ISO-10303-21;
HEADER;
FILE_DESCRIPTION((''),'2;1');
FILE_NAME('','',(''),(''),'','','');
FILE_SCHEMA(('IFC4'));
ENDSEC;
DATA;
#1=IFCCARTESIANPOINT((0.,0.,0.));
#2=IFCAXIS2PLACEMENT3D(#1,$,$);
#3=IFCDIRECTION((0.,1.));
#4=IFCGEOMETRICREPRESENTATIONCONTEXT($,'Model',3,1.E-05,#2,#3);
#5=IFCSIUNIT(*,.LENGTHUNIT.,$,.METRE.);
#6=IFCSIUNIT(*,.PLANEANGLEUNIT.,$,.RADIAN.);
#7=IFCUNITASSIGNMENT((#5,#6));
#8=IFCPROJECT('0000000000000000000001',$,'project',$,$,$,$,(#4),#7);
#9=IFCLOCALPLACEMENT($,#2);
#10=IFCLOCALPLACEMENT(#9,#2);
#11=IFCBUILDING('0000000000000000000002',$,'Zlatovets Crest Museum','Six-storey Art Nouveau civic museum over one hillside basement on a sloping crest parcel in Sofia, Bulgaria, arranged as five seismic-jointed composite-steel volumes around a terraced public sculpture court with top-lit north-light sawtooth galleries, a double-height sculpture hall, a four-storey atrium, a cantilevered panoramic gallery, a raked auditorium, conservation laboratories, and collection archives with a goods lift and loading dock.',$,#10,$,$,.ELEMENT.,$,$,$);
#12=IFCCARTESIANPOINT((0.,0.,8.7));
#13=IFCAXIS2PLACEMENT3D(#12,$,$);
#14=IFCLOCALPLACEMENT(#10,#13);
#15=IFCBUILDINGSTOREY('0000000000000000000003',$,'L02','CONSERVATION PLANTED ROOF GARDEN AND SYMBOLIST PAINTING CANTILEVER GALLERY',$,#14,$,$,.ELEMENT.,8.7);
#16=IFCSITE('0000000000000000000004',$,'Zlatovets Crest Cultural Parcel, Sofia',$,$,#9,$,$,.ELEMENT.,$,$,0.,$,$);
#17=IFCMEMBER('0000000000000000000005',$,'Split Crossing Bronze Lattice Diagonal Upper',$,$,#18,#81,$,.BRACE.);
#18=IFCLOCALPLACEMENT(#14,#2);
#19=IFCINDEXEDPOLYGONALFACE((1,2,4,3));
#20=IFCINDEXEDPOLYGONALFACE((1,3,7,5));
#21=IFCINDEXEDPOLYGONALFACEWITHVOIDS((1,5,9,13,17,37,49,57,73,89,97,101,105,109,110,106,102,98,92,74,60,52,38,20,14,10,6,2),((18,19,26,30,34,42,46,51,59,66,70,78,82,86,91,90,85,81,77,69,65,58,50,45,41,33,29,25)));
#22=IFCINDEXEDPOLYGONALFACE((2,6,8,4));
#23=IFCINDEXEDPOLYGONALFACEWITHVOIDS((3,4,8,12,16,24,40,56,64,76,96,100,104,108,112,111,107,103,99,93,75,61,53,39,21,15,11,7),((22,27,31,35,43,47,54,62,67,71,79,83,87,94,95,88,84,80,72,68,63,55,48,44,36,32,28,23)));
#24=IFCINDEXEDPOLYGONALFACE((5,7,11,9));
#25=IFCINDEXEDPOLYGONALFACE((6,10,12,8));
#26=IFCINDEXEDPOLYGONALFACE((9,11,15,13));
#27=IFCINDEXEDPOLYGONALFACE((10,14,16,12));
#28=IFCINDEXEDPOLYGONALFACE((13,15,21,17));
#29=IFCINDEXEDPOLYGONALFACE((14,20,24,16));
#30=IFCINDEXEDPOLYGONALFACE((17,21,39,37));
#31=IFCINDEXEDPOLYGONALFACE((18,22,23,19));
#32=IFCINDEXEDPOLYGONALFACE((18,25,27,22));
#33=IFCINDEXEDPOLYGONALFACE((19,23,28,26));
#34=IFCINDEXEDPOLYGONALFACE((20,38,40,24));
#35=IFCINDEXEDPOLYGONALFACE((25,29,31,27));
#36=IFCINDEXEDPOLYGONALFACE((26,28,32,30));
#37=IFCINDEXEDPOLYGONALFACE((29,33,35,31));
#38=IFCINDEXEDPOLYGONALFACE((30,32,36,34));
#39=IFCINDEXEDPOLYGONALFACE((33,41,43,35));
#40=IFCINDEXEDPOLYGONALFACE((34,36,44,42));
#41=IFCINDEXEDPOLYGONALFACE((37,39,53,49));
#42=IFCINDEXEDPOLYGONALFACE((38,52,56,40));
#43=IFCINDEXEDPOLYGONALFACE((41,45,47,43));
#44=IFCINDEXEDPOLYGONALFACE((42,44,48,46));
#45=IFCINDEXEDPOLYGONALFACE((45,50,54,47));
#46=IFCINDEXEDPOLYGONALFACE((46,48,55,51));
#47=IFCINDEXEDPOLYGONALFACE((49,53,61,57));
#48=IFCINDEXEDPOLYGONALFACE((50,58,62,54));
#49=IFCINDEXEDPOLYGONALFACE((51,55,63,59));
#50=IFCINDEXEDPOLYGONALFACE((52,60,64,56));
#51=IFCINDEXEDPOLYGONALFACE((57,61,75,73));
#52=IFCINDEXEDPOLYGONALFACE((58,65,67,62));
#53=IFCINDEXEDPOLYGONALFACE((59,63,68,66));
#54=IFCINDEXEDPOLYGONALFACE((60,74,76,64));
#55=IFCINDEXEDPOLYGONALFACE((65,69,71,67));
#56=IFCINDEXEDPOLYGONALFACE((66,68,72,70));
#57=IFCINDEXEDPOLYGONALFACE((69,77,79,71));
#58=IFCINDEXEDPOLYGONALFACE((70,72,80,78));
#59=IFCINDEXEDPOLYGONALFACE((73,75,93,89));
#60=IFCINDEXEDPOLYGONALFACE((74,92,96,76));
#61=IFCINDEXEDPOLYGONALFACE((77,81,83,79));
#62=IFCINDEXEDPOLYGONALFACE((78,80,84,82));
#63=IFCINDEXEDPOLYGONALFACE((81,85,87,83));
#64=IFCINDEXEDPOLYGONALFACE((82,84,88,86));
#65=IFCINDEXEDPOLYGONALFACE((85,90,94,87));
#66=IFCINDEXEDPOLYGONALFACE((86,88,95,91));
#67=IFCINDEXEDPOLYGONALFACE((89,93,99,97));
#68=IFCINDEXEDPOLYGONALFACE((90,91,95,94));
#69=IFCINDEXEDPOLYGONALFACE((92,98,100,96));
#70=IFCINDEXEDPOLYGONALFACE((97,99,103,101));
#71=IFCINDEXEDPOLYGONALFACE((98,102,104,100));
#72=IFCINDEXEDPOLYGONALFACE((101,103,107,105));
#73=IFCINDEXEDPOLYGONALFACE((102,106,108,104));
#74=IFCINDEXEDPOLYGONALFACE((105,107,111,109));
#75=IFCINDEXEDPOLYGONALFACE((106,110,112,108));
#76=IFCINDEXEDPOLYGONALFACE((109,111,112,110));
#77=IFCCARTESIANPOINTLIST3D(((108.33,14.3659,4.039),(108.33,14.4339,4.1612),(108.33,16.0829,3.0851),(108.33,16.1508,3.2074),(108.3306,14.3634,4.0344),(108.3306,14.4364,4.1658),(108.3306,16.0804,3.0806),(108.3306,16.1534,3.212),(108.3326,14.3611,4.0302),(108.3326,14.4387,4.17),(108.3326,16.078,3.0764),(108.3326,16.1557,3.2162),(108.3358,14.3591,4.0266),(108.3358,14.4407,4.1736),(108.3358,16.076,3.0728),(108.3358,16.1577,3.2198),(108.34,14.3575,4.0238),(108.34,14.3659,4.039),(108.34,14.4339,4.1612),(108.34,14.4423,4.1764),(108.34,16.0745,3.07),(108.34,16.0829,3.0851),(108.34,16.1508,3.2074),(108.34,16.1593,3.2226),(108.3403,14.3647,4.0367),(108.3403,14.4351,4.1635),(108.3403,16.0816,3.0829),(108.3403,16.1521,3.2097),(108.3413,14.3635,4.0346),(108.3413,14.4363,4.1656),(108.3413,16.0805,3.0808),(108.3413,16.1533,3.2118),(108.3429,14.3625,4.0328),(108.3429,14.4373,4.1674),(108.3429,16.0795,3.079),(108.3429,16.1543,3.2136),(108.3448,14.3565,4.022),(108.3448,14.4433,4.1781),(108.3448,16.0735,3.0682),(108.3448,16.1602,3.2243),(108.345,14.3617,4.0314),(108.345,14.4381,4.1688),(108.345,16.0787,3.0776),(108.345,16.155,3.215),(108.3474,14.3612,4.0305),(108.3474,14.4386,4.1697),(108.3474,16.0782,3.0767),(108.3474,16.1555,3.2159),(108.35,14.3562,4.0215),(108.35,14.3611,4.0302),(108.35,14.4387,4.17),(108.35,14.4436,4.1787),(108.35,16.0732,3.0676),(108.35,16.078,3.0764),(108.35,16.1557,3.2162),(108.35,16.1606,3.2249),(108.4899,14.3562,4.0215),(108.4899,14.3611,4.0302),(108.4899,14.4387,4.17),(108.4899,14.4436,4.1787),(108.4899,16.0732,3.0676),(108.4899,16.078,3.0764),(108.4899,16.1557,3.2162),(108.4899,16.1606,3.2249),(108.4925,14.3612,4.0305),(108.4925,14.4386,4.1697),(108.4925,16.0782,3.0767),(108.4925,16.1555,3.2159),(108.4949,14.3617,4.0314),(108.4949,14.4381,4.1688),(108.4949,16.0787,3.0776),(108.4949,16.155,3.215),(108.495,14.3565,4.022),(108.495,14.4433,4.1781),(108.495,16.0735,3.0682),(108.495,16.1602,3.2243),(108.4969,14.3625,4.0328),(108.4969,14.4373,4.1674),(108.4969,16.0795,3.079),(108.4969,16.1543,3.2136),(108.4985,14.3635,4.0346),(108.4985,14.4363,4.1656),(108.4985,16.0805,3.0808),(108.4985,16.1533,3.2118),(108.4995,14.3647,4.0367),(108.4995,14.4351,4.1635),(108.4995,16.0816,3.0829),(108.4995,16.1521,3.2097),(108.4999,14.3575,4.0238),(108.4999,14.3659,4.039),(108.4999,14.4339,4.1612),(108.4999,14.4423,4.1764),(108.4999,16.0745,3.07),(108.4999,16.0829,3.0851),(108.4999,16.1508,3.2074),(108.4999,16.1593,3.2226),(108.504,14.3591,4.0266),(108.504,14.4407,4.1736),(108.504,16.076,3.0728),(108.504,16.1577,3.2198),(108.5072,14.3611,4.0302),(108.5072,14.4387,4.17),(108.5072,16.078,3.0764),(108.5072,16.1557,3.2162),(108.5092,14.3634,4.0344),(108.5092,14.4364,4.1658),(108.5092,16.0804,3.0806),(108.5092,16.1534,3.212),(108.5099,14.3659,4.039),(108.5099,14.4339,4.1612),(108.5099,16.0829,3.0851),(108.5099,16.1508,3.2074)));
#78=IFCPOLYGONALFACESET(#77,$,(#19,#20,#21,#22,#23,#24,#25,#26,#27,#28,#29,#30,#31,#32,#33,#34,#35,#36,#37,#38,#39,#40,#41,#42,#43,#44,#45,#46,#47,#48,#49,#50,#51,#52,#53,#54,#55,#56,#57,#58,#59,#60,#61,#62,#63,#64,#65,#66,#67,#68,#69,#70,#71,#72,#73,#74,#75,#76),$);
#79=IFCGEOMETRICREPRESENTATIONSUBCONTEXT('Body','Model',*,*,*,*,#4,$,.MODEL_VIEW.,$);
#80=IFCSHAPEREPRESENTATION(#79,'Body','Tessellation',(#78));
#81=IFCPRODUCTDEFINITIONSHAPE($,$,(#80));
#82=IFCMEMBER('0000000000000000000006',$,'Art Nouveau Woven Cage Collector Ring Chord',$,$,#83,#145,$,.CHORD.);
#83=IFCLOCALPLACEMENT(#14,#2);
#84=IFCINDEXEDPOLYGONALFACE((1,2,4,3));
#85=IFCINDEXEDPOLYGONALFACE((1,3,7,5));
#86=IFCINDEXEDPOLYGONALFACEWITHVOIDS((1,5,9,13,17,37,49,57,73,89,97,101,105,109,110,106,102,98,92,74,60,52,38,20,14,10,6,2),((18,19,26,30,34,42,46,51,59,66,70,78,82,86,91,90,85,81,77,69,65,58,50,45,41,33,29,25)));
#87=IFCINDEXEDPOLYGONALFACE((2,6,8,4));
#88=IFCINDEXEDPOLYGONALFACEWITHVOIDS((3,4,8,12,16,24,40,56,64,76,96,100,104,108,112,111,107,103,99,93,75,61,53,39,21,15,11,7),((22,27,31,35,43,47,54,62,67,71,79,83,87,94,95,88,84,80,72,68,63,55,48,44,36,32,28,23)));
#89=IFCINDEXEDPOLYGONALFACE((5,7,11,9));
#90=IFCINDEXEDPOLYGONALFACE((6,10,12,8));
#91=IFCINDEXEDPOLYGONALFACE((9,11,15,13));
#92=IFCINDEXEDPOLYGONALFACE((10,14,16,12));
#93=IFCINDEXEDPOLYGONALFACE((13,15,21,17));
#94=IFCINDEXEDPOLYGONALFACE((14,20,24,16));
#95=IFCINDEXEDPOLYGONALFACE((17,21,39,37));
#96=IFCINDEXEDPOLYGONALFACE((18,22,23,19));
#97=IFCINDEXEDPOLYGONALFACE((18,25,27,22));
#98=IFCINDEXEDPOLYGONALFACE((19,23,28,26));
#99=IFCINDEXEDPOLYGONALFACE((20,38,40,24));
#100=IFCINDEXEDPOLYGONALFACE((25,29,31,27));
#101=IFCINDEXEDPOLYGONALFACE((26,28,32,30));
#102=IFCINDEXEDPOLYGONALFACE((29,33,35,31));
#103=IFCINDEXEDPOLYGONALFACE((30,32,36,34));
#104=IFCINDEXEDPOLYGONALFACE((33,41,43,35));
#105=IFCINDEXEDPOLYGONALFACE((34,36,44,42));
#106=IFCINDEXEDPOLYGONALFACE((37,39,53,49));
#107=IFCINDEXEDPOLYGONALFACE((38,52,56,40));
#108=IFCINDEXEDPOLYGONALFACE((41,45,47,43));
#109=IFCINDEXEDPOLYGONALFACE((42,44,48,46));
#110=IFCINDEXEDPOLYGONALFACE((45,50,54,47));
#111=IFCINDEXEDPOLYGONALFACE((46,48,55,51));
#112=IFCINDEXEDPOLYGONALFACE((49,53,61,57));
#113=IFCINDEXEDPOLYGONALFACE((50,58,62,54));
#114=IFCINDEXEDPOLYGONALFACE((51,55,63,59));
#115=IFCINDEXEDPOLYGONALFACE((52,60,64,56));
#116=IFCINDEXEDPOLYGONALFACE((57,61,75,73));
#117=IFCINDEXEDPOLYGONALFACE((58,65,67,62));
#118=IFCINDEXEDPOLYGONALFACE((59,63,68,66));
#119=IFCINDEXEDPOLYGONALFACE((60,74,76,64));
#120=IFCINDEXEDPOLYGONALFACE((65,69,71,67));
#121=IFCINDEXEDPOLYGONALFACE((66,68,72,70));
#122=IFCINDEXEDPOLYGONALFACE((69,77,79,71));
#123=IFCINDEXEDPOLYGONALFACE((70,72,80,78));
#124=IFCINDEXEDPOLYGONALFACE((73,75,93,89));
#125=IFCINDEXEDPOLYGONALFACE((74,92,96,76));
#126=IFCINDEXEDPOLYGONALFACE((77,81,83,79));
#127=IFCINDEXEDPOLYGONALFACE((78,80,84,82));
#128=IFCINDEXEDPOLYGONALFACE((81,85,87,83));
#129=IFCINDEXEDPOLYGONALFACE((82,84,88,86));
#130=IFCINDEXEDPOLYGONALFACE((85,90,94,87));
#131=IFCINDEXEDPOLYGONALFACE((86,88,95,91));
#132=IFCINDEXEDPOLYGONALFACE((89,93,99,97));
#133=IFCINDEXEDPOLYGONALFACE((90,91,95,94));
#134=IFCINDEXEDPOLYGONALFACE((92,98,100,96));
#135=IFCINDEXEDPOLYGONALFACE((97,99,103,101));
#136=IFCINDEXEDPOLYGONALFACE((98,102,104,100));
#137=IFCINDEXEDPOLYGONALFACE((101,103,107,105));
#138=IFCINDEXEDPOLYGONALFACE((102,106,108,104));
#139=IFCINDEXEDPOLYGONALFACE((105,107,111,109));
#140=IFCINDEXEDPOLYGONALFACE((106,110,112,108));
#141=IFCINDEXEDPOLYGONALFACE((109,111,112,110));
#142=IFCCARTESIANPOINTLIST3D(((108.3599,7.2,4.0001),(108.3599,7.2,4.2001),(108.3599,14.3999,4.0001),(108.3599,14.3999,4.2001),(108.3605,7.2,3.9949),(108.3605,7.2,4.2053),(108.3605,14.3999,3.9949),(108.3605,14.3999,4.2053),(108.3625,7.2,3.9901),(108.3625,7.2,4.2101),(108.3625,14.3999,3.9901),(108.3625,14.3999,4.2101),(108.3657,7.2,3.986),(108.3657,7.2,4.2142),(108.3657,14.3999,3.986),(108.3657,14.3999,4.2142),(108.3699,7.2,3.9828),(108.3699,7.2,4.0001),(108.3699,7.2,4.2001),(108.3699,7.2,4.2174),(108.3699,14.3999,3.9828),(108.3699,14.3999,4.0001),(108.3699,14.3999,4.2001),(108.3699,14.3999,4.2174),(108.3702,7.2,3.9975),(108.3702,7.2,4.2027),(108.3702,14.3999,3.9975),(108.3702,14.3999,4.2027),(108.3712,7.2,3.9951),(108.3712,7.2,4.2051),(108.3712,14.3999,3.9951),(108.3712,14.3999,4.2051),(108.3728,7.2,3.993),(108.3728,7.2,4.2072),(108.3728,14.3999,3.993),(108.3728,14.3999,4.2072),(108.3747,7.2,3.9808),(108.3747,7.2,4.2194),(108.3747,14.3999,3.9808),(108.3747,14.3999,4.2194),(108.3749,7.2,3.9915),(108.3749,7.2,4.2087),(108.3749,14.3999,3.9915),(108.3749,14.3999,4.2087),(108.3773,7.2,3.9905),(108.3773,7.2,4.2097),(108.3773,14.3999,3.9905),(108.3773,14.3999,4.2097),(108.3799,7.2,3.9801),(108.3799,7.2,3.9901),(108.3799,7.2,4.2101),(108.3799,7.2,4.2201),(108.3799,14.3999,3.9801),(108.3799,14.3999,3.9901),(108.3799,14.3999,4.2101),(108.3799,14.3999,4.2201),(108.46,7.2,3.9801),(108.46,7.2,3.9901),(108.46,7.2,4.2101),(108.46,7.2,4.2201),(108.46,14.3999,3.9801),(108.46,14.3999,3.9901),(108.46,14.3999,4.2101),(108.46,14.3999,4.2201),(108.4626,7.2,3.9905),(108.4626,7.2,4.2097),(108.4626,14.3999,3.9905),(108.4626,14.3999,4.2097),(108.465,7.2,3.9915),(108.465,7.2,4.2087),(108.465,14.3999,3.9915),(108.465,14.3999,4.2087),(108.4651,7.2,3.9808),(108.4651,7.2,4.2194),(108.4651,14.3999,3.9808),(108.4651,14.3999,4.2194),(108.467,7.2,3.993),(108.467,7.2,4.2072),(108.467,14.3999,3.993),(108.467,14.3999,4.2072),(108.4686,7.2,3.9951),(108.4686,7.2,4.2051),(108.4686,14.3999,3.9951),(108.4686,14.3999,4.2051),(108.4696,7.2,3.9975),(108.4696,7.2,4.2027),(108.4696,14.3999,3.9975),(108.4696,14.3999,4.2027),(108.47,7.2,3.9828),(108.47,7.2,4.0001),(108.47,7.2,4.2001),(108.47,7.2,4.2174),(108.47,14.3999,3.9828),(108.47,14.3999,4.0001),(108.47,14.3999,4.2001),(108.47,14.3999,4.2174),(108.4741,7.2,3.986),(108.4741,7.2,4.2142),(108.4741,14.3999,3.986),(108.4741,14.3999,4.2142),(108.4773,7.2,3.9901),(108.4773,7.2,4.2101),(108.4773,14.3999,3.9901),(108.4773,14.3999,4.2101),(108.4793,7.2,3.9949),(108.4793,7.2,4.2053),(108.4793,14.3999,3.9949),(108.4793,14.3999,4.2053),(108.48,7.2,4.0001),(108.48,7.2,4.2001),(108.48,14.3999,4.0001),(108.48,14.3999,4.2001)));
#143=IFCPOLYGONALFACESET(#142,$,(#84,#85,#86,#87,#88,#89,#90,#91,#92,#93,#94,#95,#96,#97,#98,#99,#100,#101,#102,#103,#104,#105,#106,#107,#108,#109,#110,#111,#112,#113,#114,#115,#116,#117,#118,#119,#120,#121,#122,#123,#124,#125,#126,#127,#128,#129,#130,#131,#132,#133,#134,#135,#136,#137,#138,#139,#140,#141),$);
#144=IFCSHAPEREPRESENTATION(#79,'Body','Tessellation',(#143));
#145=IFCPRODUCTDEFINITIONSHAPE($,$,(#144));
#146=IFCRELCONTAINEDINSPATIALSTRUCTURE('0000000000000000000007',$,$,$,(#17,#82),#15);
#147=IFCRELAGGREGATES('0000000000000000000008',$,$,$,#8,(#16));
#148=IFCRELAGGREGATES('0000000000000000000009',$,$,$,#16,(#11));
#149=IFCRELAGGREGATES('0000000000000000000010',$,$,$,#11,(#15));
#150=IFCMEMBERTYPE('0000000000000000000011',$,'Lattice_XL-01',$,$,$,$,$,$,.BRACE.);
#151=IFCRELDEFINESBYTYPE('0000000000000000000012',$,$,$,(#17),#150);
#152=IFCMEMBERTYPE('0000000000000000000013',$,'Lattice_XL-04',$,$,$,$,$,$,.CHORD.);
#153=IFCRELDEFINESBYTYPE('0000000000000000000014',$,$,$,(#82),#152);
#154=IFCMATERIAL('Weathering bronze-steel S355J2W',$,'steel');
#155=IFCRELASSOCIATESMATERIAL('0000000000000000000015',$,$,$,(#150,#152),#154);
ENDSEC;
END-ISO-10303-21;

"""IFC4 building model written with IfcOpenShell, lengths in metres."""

from ifc_helpers import new_model, si_unit, direction, frame, origin, origin_2d, place, context, subcontext, project, spatial, hollow_rectangle, extrude, material, material_profile, profile_set, type_object, element, save


model = new_model("IFC4")

# Units and contexts
model_context = context("Model", 3, precision=1e-05, world=origin(), true_north=direction((0.0, 1.0)))
body_context = subcontext(model_context, "Body", "Model", "MODEL_VIEW")
ifc_project = project(units=[si_unit("LENGTHUNIT", "METRE"), si_unit("PLANEANGLEUNIT", "RADIAN")], contexts=[model_context])

# Site, building, storey
site_placement = place(None, origin())
site = spatial("IfcSite", under=ifc_project, at=site_placement, Name="Zlatovets Crest Cultural Parcel, Sofia", CompositionType="ELEMENT", RefElevation=0.0)
building_placement = place(site_placement, origin())
building = spatial("IfcBuilding", under=site, at=building_placement, Name="Zlatovets Crest Museum", Description="Six-storey Art Nouveau civic museum over one hillside basement on a sloping crest parcel in Sofia, Bulgaria, arranged as five seismic-jointed composite-steel volumes around a terraced public sculpture court with top-lit north-light sawtooth galleries, a double-height sculpture hall, a four-storey atrium, a cantilevered panoramic gallery, a raked auditorium, conservation laboratories, and collection archives with a goods lift and loading dock.", CompositionType="ELEMENT")
storey_placement = place(building_placement, frame((0.0, 0.0, 8.7)))
storey = spatial("IfcBuildingStorey", under=building, at=storey_placement, Name="L02", Description="CONSERVATION PLANTED ROOF GARDEN AND SYMBOLIST PAINTING CANTILEVER GALLERY", CompositionType="ELEMENT", Elevation=8.7)

# Members
ifc_material_1 = material(Name="Weathering bronze-steel S355J2W", Category="steel")
ifc_material_profile_1 = material_profile(ifc_material_1, hollow_rectangle(XDim=0.1799, YDim=0.1799, WallThickness=0.01, InnerFilletRadius=0.01, OuterFilletRadius=0.02, at=origin_2d()), Name="SHS 180x180x10.0")
ifc_profile_set_1 = profile_set([ifc_material_profile_1], Name="Weathering bronze-steel S355J2W")
member_type_1 = type_object("IfcMemberType", Name="Lattice_XL-01", PredefinedType="BRACE", material=ifc_profile_set_1)
member_1_placement = place(storey_placement, frame((108.4199, 14.3999, 4.1001), z_axis=(0.0, 0.874169, -0.485622), x_axis=(-1.0, 0.0, 0.0)))
element("IfcMember", 1, at=member_1_placement, inside=storey, type_object=member_type_1, Name="Split Crossing Bronze Lattice Diagonal Upper", PredefinedType="BRACE", context=body_context, shape_type="SweptSolid", body=[
    extrude(hollow_rectangle(XDim=0.1799, YDim=0.1799, WallThickness=0.01, InnerFilletRadius=0.01, OuterFilletRadius=0.02, at=origin_2d()), origin(), (0.0, 0.0, 1.0), 1.9641),
])
ifc_material_profile_2 = material_profile(ifc_material_1, hollow_rectangle(XDim=0.1201, YDim=0.24, WallThickness=0.01, InnerFilletRadius=0.01, OuterFilletRadius=0.02, at=origin_2d()), Name="RHS 120x240x10.0")
ifc_profile_set_2 = profile_set([ifc_material_profile_2], Name="Weathering bronze-steel S355J2W")
member_type_2 = type_object("IfcMemberType", Name="Lattice_XL-04", PredefinedType="CHORD", material=ifc_profile_set_2)
member_2_placement = place(storey_placement, frame((108.4199, 7.2, 4.1001), z_axis=(0.0, 1.0, 0.0), x_axis=(-1.0, 0.0, 0.0)))
element("IfcMember", 2, at=member_2_placement, inside=storey, type_object=member_type_2, Name="Art Nouveau Woven Cage Collector Ring Chord", PredefinedType="CHORD", context=body_context, shape_type="SweptSolid", body=[
    extrude(hollow_rectangle(XDim=0.1201, YDim=0.24, WallThickness=0.01, InnerFilletRadius=0.01, OuterFilletRadius=0.02, at=origin_2d()), origin(), (0.0, 0.0, 1.0), 7.2),
])

save(model, "model.ifc")
